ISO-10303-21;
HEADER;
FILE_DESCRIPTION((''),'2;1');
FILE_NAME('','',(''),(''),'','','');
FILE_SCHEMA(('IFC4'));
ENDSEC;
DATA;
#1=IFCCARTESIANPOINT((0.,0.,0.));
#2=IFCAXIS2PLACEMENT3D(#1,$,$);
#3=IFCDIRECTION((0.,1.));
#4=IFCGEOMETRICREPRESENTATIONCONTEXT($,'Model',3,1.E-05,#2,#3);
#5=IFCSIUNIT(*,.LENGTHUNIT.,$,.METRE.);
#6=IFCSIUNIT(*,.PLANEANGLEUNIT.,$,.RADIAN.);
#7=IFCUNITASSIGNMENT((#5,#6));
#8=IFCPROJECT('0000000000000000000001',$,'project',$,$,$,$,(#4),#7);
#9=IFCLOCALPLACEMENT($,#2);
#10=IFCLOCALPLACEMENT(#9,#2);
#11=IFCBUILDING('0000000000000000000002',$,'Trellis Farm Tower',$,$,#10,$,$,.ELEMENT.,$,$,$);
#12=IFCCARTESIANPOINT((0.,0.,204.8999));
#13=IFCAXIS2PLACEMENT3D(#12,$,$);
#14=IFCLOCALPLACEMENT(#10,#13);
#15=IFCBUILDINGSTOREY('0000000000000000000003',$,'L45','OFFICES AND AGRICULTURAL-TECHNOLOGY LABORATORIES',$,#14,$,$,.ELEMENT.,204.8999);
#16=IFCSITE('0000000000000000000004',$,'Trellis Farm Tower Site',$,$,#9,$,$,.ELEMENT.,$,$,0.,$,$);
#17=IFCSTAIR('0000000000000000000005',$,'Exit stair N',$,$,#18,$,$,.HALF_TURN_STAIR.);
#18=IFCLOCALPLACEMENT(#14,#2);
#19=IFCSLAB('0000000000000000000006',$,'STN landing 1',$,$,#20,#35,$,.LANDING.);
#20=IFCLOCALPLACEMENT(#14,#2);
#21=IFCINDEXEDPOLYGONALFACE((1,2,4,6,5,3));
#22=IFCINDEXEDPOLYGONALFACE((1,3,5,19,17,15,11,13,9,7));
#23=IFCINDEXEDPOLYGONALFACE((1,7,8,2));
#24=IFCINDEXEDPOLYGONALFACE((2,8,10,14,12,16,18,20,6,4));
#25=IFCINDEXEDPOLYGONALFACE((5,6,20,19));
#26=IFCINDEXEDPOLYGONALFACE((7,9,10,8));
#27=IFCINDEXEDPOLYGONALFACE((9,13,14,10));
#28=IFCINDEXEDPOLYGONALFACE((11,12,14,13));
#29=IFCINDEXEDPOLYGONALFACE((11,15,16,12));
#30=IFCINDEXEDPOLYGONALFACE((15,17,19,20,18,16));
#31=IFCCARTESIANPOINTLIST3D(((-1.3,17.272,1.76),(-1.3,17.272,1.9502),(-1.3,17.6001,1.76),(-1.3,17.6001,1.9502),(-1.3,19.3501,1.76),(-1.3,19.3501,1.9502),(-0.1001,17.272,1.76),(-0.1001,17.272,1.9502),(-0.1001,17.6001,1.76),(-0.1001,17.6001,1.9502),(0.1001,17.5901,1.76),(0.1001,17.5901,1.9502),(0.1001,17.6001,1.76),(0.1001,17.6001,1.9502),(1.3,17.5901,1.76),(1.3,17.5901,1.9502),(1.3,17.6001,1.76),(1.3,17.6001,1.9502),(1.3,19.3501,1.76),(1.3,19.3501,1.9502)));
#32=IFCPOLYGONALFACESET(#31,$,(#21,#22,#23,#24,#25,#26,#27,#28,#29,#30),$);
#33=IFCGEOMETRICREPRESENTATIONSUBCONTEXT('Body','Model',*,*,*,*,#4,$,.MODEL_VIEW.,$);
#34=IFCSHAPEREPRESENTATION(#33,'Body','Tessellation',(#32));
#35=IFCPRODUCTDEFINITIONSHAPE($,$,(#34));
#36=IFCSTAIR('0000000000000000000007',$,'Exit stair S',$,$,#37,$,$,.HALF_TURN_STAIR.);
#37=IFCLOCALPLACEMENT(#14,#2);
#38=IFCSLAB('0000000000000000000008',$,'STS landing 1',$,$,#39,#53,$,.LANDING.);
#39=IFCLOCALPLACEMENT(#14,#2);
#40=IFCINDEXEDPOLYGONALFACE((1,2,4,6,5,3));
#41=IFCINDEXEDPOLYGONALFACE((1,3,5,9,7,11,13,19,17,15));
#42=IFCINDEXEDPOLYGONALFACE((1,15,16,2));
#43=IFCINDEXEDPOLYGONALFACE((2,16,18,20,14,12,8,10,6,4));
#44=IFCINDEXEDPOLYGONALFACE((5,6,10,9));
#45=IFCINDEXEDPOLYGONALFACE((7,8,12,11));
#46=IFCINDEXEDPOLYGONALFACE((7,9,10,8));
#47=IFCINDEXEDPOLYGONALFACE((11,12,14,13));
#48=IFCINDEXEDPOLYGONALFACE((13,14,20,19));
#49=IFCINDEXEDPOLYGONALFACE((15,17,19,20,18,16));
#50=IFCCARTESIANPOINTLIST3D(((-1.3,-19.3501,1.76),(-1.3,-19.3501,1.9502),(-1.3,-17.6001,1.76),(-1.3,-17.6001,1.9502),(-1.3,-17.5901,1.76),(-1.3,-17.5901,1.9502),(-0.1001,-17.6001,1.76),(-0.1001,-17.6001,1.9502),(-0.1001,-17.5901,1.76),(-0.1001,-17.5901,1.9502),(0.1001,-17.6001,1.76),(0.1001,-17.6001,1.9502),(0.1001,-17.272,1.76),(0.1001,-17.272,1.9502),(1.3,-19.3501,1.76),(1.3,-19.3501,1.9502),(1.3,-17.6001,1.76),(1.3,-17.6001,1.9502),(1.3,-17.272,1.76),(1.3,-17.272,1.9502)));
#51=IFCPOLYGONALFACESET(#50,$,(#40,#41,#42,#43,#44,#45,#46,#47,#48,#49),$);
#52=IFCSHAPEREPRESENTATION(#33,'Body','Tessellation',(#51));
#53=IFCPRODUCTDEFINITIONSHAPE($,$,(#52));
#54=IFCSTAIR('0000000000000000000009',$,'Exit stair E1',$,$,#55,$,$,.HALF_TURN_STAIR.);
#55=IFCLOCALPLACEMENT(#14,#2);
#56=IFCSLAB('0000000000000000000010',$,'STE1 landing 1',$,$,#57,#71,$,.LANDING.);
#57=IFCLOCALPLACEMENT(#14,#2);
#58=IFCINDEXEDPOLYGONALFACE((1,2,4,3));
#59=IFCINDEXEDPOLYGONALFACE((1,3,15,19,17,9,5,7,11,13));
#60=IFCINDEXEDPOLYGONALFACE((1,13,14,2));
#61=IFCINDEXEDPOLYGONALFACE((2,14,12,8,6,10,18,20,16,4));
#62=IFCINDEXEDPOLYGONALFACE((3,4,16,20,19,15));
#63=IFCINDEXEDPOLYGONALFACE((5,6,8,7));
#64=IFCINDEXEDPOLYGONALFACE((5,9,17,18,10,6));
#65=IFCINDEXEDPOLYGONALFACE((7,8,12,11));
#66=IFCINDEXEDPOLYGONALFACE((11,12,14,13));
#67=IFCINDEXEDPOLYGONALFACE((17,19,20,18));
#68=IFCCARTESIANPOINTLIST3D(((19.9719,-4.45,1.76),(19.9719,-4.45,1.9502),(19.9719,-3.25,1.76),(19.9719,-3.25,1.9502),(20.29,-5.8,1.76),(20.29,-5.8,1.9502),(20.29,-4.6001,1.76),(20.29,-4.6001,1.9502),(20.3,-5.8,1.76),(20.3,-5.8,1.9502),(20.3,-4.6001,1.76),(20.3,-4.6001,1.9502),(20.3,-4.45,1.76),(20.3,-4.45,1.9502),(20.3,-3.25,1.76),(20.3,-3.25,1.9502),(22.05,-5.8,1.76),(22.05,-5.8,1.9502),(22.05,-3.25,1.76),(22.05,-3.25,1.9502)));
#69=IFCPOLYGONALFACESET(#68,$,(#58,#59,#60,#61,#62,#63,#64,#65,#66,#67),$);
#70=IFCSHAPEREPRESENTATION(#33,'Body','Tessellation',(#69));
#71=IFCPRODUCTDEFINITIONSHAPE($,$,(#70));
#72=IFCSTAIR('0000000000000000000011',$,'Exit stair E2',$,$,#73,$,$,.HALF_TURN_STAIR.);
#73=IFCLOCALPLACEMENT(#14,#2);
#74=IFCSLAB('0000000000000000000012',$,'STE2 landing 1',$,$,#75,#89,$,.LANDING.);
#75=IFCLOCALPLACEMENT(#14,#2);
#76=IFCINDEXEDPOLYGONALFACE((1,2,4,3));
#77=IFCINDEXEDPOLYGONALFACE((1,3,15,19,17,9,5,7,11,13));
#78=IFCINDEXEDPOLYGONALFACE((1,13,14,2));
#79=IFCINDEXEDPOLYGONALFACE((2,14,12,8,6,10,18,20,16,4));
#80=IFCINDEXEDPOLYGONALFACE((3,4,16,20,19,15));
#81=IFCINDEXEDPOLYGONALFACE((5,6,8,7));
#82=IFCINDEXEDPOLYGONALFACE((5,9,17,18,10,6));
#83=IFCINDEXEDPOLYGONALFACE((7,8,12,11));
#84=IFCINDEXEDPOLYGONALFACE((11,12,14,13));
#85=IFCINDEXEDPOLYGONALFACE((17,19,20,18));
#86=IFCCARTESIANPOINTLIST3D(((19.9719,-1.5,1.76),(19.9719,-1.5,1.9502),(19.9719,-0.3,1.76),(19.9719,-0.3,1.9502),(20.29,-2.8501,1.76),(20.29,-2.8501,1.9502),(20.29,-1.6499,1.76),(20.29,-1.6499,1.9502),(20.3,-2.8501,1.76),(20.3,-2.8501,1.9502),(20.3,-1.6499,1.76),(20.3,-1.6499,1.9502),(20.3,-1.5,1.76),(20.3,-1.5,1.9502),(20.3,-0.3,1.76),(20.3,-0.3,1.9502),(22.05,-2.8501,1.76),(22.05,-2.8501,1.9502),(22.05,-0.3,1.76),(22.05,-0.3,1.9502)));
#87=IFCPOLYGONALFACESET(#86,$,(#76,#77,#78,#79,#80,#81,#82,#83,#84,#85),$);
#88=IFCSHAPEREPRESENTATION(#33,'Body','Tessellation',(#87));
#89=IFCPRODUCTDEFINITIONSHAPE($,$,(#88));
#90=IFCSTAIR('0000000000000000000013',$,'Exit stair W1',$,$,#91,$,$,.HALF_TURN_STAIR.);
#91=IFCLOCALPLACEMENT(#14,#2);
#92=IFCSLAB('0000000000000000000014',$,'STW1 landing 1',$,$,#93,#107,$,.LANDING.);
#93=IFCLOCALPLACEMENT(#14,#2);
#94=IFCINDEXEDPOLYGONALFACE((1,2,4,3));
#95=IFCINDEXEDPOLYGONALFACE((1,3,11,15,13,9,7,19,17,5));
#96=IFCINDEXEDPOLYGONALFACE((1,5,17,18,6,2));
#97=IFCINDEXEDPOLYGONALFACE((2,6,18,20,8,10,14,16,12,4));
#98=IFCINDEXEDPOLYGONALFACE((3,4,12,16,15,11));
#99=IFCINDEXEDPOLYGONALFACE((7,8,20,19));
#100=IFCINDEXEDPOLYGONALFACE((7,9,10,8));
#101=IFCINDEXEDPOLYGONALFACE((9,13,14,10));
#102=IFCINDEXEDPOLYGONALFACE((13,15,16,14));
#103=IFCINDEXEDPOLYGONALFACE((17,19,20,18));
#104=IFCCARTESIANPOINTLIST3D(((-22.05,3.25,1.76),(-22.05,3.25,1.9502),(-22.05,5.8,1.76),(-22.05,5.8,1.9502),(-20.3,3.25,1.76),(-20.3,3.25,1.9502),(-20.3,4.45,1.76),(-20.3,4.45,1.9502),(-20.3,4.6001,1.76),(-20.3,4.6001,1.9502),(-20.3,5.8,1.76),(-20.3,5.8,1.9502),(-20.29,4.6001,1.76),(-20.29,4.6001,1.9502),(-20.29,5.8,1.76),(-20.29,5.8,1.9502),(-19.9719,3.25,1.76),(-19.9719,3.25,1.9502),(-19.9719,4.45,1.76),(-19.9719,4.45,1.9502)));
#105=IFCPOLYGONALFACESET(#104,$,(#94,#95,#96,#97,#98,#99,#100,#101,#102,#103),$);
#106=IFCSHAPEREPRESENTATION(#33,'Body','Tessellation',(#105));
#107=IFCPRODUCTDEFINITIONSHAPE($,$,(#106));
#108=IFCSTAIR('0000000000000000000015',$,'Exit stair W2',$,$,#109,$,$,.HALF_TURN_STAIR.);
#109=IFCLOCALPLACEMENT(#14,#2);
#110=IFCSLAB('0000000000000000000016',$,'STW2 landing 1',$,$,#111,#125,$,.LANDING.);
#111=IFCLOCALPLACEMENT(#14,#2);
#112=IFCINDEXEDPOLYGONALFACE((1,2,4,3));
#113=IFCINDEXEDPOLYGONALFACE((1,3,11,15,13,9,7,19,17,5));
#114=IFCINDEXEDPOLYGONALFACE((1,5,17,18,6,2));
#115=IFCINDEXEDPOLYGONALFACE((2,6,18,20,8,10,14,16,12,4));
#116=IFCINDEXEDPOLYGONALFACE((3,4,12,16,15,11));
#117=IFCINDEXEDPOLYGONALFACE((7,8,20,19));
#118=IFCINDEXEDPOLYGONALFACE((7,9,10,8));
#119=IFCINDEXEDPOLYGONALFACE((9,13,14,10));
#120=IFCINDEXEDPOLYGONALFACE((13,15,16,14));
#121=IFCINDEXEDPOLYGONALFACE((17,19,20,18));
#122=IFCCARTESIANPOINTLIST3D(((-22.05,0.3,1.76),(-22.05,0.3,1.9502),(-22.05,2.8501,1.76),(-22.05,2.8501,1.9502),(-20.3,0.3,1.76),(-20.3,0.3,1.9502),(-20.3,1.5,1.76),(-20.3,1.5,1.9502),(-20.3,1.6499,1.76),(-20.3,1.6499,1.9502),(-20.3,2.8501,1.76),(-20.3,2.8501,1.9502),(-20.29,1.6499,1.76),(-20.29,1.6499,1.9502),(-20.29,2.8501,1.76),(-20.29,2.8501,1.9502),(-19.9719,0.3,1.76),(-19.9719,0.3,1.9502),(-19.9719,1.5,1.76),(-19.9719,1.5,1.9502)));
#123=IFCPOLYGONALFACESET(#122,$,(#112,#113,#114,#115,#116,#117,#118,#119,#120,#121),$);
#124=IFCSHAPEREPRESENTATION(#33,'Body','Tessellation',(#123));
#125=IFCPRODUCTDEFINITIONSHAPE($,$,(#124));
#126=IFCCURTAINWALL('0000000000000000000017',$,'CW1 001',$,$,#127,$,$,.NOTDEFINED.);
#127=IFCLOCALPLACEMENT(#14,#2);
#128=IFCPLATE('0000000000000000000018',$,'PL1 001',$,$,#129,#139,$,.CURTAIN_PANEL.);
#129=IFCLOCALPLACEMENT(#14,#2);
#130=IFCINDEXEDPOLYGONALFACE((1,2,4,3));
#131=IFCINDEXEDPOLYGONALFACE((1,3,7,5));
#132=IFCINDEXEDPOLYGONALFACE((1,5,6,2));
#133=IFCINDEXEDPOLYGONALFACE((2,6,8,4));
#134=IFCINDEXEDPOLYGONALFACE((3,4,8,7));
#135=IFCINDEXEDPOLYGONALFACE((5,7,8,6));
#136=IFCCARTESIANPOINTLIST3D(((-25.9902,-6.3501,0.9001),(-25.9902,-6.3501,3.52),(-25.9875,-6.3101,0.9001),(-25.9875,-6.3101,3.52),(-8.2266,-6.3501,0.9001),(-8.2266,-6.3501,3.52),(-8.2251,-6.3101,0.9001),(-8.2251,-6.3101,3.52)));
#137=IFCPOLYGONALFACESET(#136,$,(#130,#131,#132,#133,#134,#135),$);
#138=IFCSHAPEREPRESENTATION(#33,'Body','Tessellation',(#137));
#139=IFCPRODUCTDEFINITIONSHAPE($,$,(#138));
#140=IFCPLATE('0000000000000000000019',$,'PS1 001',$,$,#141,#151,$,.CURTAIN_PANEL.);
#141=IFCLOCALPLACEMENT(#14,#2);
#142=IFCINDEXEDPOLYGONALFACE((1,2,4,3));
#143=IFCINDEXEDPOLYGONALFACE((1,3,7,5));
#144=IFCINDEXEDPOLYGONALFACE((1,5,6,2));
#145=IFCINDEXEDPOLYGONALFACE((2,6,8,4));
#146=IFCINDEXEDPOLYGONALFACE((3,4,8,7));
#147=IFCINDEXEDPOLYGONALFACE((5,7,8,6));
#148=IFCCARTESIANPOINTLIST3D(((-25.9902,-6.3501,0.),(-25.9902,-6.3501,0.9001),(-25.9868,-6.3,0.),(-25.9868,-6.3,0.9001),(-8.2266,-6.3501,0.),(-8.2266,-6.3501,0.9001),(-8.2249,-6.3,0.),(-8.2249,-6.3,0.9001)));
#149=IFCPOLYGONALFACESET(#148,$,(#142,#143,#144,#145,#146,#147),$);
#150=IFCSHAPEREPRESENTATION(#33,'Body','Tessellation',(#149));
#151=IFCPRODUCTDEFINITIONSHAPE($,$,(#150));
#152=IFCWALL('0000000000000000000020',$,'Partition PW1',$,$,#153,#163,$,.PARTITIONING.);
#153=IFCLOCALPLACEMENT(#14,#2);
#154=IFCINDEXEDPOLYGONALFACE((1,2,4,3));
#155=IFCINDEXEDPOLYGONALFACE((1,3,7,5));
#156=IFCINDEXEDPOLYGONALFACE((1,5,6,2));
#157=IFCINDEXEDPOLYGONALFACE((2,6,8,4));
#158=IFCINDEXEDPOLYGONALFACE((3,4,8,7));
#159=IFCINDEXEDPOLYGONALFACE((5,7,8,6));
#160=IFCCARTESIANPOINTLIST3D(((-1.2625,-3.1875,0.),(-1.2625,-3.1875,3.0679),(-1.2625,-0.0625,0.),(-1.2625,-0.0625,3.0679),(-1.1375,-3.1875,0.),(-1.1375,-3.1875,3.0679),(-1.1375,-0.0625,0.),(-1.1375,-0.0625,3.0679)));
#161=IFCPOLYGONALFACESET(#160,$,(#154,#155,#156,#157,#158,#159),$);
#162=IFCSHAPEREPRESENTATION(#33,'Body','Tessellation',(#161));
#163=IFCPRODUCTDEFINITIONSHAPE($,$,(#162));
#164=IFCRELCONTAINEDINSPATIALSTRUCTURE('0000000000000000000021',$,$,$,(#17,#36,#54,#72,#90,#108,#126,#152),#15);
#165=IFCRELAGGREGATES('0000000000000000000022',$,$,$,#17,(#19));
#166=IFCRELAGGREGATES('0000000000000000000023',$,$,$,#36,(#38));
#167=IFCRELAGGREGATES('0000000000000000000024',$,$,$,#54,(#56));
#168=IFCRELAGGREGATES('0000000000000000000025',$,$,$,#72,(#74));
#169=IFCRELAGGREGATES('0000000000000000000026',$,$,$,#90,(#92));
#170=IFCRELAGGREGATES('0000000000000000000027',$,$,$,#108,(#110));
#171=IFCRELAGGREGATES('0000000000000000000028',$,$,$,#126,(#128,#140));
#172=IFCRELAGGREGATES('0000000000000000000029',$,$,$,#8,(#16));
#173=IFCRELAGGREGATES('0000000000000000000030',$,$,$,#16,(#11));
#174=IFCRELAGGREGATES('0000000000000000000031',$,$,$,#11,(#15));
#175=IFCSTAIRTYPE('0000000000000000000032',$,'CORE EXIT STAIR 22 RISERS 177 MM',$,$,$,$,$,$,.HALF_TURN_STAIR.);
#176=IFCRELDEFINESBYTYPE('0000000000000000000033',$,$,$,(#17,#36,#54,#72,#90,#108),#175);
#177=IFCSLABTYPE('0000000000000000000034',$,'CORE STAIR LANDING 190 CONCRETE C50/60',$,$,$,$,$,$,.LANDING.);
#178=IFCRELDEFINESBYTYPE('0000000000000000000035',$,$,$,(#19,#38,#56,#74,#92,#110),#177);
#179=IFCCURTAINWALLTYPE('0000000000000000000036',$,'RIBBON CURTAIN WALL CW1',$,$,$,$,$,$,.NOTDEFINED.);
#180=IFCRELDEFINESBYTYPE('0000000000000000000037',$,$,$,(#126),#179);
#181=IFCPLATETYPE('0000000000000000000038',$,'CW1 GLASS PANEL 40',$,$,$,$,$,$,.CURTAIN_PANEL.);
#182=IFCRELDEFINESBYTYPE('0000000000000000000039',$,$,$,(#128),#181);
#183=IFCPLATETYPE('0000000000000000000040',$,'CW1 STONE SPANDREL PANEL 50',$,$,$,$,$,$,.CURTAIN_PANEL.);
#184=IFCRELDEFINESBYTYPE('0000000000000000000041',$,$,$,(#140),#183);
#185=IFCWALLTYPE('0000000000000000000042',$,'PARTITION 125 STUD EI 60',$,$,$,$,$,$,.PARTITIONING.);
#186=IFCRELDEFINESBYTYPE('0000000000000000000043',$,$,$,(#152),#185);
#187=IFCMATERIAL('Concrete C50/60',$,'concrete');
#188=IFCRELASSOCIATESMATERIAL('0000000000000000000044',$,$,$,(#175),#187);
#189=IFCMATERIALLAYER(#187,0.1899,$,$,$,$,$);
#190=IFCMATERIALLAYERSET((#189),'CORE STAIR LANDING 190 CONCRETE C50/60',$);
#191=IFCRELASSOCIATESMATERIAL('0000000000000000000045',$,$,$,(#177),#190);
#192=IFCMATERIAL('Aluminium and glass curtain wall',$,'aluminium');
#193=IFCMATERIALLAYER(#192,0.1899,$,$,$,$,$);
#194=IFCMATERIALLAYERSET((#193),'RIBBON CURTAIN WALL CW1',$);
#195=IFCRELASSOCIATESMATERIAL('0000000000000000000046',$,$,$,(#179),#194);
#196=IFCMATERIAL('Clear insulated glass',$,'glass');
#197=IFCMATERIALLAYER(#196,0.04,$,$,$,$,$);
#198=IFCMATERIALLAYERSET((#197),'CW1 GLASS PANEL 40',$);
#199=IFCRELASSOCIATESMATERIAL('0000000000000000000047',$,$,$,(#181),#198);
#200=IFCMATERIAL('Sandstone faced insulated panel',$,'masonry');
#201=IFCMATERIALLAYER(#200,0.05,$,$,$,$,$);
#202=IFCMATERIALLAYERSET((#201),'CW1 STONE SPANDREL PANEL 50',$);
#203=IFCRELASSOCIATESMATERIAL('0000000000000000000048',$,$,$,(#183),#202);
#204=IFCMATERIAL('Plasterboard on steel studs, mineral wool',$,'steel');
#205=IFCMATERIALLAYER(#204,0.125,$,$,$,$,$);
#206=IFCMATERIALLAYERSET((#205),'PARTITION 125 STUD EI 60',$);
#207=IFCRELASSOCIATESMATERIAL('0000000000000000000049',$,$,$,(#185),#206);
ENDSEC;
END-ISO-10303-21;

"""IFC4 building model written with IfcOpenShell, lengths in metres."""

from ifc_helpers import new_model, si_unit, direction, frame, frame_2d, origin, place, context, subcontext, project, spatial, polyline, rectangle, outline, extrude, source, transform, mapped, material, layer, layer_set, type_object, element, aggregate, save


model = new_model("IFC4")

# Units and contexts
model_context = context("Model", 3, precision=1e-05, world=origin(), true_north=direction((0.0, 1.0)))
body_context = subcontext(model_context, "Body", "Model", "MODEL_VIEW")
ifc_project = project(units=[si_unit("LENGTHUNIT", "METRE"), si_unit("PLANEANGLEUNIT", "RADIAN")], contexts=[model_context])

# Site, building, storey
site_placement = place(None, origin())
site = spatial("IfcSite", under=ifc_project, at=site_placement, Name="Trellis Farm Tower Site", CompositionType="ELEMENT", RefElevation=0.0)
building_placement = place(site_placement, origin())
building = spatial("IfcBuilding", under=site, at=building_placement, Name="Trellis Farm Tower", CompositionType="ELEMENT")
storey_placement = place(building_placement, frame((0.0, 0.0, 204.8999)))
storey = spatial("IfcBuildingStorey", under=building, at=storey_placement, Name="L45", Description="OFFICES AND AGRICULTURAL-TECHNOLOGY LABORATORIES", CompositionType="ELEMENT", Elevation=204.8999)

# Stairs, slabs
ifc_material_1 = material(Name="Concrete C50/60", Category="concrete")
stair_type = type_object("IfcStairType", Name="CORE EXIT STAIR 22 RISERS 177 MM", PredefinedType="HALF_TURN_STAIR", material=ifc_material_1)
placement_1 = place(storey_placement, origin())
stair_1 = element("IfcStair", 1, at=placement_1, inside=storey, type_object=stair_type, Name="Exit stair N", PredefinedType="HALF_TURN_STAIR")
ifc_layer_1 = layer(ifc_material_1, 0.1899)
ifc_layer_set_1 = layer_set([ifc_layer_1], Name="CORE STAIR LANDING 190 CONCRETE C50/60")
slab_type_1 = type_object("IfcSlabType", Name="CORE STAIR LANDING 190 CONCRETE C50/60", PredefinedType="LANDING", material=ifc_layer_set_1)
shared_shape_1 = source(origin(), body_context, "Body", "SweptSolid", [
    extrude(outline(polyline([(-0.1001, 17.272), (-1.3, 17.272), (-1.3, 17.6001), (-1.3, 19.3501), (1.3, 19.3501), (1.3, 17.6001), (1.3, 17.5901), (0.1001, 17.5901), (0.1001, 17.6001), (-0.1001, 17.6001), (-0.1001, 17.272)])), origin(), (0.0, 0.0, 1.0), 0.1902),
])
placement_2 = place(storey_placement, frame((0.0, 0.0, 1.76)))
slab_1 = element("IfcSlab", 2, at=placement_2, type_object=slab_type_1, Name="STN landing 1", PredefinedType="LANDING", context=body_context, shape_type="MappedRepresentation", body=[
    mapped(shared_shape_1, transform((0.0, 0.0, 0.0))),
])
aggregate(stair_1, [slab_1])
stair_2 = element("IfcStair", 3, at=placement_1, inside=storey, type_object=stair_type, Name="Exit stair S", PredefinedType="HALF_TURN_STAIR")
shared_shape_2 = source(origin(), body_context, "Body", "SweptSolid", [
    extrude(outline(polyline([(1.3, -19.3501), (-1.3, -19.3501), (-1.3, -17.6001), (-1.3, -17.5901), (-0.1001, -17.5901), (-0.1001, -17.6001), (0.1001, -17.6001), (0.1001, -17.272), (1.3, -17.272), (1.3, -17.6001), (1.3, -19.3501)])), origin(), (0.0, 0.0, 1.0), 0.1902),
])
slab_2 = element("IfcSlab", 4, at=placement_2, type_object=slab_type_1, Name="STS landing 1", PredefinedType="LANDING", context=body_context, shape_type="MappedRepresentation", body=[
    mapped(shared_shape_2, transform((0.0, 0.0, 0.0))),
])
aggregate(stair_2, [slab_2])
stair_3 = element("IfcStair", 5, at=placement_1, inside=storey, type_object=stair_type, Name="Exit stair E1", PredefinedType="HALF_TURN_STAIR")
shared_shape_3 = source(origin(), body_context, "Body", "SweptSolid", [
    extrude(outline(polyline([(20.29, -5.8), (20.29, -4.6001), (20.3, -4.6001), (20.3, -4.45), (19.9719, -4.45), (19.9719, -3.25), (20.3, -3.25), (22.05, -3.25), (22.05, -5.8), (20.3, -5.8), (20.29, -5.8)])), origin(), (0.0, 0.0, 1.0), 0.1902),
])
slab_3 = element("IfcSlab", 6, at=placement_2, type_object=slab_type_1, Name="STE1 landing 1", PredefinedType="LANDING", context=body_context, shape_type="MappedRepresentation", body=[
    mapped(shared_shape_3, transform((0.0, 0.0, 0.0))),
])
aggregate(stair_3, [slab_3])
stair_4 = element("IfcStair", 7, at=placement_1, inside=storey, type_object=stair_type, Name="Exit stair E2", PredefinedType="HALF_TURN_STAIR")
shared_shape_4 = source(origin(), body_context, "Body", "SweptSolid", [
    extrude(outline(polyline([(20.29, -2.8501), (20.29, -1.6499), (20.3, -1.6499), (20.3, -1.5), (19.9719, -1.5), (19.9719, -0.3), (20.3, -0.3), (22.05, -0.3), (22.05, -2.8501), (20.3, -2.8501), (20.29, -2.8501)])), origin(), (0.0, 0.0, 1.0), 0.1902),
])
slab_4 = element("IfcSlab", 8, at=placement_2, type_object=slab_type_1, Name="STE2 landing 1", PredefinedType="LANDING", context=body_context, shape_type="MappedRepresentation", body=[
    mapped(shared_shape_4, transform((0.0, 0.0, 0.0))),
])
aggregate(stair_4, [slab_4])
stair_5 = element("IfcStair", 9, at=placement_1, inside=storey, type_object=stair_type, Name="Exit stair W1", PredefinedType="HALF_TURN_STAIR")
shared_shape_5 = source(origin(), body_context, "Body", "SweptSolid", [
    extrude(outline(polyline([(-19.9719, 4.45), (-19.9719, 3.25), (-20.3, 3.25), (-22.05, 3.25), (-22.05, 5.8), (-20.3, 5.8), (-20.29, 5.8), (-20.29, 4.6001), (-20.3, 4.6001), (-20.3, 4.45), (-19.9719, 4.45)])), origin(), (0.0, 0.0, 1.0), 0.1902),
])
slab_5 = element("IfcSlab", 10, at=placement_2, type_object=slab_type_1, Name="STW1 landing 1", PredefinedType="LANDING", context=body_context, shape_type="MappedRepresentation", body=[
    mapped(shared_shape_5, transform((0.0, 0.0, 0.0))),
])
aggregate(stair_5, [slab_5])
stair_6 = element("IfcStair", 11, at=placement_1, inside=storey, type_object=stair_type, Name="Exit stair W2", PredefinedType="HALF_TURN_STAIR")
shared_shape_6 = source(origin(), body_context, "Body", "SweptSolid", [
    extrude(outline(polyline([(-19.9719, 1.5), (-19.9719, 0.3), (-20.3, 0.3), (-22.05, 0.3), (-22.05, 2.8501), (-20.3, 2.8501), (-20.29, 2.8501), (-20.29, 1.6499), (-20.3, 1.6499), (-20.3, 1.5), (-19.9719, 1.5)])), origin(), (0.0, 0.0, 1.0), 0.1902),
])
slab_6 = element("IfcSlab", 12, at=placement_2, type_object=slab_type_1, Name="STW2 landing 1", PredefinedType="LANDING", context=body_context, shape_type="MappedRepresentation", body=[
    mapped(shared_shape_6, transform((0.0, 0.0, 0.0))),
])
aggregate(stair_6, [slab_6])

# Curtain wall, plates
ifc_material_2 = material(Name="Aluminium and glass curtain wall", Category="aluminium")
ifc_layer_2 = layer(ifc_material_2, 0.1899)
ifc_layer_set_2 = layer_set([ifc_layer_2], Name="RIBBON CURTAIN WALL CW1")
curtain_wall_type = type_object("IfcCurtainWallType", Name="RIBBON CURTAIN WALL CW1", PredefinedType="NOTDEFINED", material=ifc_layer_set_2)
curtain_wall = element("IfcCurtainWall", 13, at=placement_1, inside=storey, type_object=curtain_wall_type, Name="CW1 001", PredefinedType="NOTDEFINED")
ifc_material_3 = material(Name="Clear insulated glass", Category="glass")
ifc_layer_3 = layer(ifc_material_3, 0.04)
ifc_layer_set_3 = layer_set([ifc_layer_3], Name="CW1 GLASS PANEL 40")
plate_type_1 = type_object("IfcPlateType", Name="CW1 GLASS PANEL 40", PredefinedType="CURTAIN_PANEL", material=ifc_layer_set_3)
shared_shape_7 = source(origin(), body_context, "Body", "SweptSolid", [
    extrude(outline(polyline([(-25.9902, -6.3501), (-8.2266, -6.3501), (-8.2251, -6.3101), (-25.9875, -6.3101), (-25.9902, -6.3501)])), origin(), (0.0, 0.0, 1.0), 2.6199),
])
plate_1_placement = place(storey_placement, frame((0.0, 0.0, 0.9001)))
plate_1 = element("IfcPlate", 14, at=plate_1_placement, type_object=plate_type_1, Name="PL1 001", PredefinedType="CURTAIN_PANEL", context=body_context, shape_type="MappedRepresentation", body=[
    mapped(shared_shape_7, transform((0.0, 0.0, 0.0))),
])
ifc_material_4 = material(Name="Sandstone faced insulated panel", Category="masonry")
ifc_layer_4 = layer(ifc_material_4, 0.05)
ifc_layer_set_4 = layer_set([ifc_layer_4], Name="CW1 STONE SPANDREL PANEL 50")
plate_type_2 = type_object("IfcPlateType", Name="CW1 STONE SPANDREL PANEL 50", PredefinedType="CURTAIN_PANEL", material=ifc_layer_set_4)
shared_shape_8 = source(origin(), body_context, "Body", "SweptSolid", [
    extrude(outline(polyline([(-25.9902, -6.3501), (-8.2266, -6.3501), (-8.2249, -6.3), (-25.9868, -6.3), (-25.9902, -6.3501)])), origin(), (0.0, 0.0, 1.0), 0.9001),
])
plate_2 = element("IfcPlate", 15, at=placement_1, type_object=plate_type_2, Name="PS1 001", PredefinedType="CURTAIN_PANEL", context=body_context, shape_type="MappedRepresentation", body=[
    mapped(shared_shape_8, transform((0.0, 0.0, 0.0))),
])
aggregate(curtain_wall, [plate_1, plate_2])

# Wall
ifc_material_5 = material(Name="Plasterboard on steel studs, mineral wool", Category="steel")
ifc_layer_5 = layer(ifc_material_5, 0.125)
ifc_layer_set_5 = layer_set([ifc_layer_5], Name="PARTITION 125 STUD EI 60")
wall_type = type_object("IfcWallType", Name="PARTITION 125 STUD EI 60", PredefinedType="PARTITIONING", material=ifc_layer_set_5)
shared_shape_9 = source(origin(), body_context, "Body", "SweptSolid", [
    extrude(rectangle(XDim=3.125, YDim=0.125, at=frame_2d((1.5625, 0.0))), origin(), (0.0, 0.0, 1.0), 3.0679),
])
wall_1_placement = place(storey_placement, frame((-1.2, -0.0625, 0.0), z_axis=(0.0, 0.0, 1.0), x_axis=(0.0, -1.0, 0.0)))
element("IfcWall", 16, at=wall_1_placement, inside=storey, type_object=wall_type, Name="Partition PW1", PredefinedType="PARTITIONING", context=body_context, shape_type="MappedRepresentation", body=[
    mapped(shared_shape_9, transform((0.0, 0.0, 0.0))),
])

save(model, "model.ifc")
